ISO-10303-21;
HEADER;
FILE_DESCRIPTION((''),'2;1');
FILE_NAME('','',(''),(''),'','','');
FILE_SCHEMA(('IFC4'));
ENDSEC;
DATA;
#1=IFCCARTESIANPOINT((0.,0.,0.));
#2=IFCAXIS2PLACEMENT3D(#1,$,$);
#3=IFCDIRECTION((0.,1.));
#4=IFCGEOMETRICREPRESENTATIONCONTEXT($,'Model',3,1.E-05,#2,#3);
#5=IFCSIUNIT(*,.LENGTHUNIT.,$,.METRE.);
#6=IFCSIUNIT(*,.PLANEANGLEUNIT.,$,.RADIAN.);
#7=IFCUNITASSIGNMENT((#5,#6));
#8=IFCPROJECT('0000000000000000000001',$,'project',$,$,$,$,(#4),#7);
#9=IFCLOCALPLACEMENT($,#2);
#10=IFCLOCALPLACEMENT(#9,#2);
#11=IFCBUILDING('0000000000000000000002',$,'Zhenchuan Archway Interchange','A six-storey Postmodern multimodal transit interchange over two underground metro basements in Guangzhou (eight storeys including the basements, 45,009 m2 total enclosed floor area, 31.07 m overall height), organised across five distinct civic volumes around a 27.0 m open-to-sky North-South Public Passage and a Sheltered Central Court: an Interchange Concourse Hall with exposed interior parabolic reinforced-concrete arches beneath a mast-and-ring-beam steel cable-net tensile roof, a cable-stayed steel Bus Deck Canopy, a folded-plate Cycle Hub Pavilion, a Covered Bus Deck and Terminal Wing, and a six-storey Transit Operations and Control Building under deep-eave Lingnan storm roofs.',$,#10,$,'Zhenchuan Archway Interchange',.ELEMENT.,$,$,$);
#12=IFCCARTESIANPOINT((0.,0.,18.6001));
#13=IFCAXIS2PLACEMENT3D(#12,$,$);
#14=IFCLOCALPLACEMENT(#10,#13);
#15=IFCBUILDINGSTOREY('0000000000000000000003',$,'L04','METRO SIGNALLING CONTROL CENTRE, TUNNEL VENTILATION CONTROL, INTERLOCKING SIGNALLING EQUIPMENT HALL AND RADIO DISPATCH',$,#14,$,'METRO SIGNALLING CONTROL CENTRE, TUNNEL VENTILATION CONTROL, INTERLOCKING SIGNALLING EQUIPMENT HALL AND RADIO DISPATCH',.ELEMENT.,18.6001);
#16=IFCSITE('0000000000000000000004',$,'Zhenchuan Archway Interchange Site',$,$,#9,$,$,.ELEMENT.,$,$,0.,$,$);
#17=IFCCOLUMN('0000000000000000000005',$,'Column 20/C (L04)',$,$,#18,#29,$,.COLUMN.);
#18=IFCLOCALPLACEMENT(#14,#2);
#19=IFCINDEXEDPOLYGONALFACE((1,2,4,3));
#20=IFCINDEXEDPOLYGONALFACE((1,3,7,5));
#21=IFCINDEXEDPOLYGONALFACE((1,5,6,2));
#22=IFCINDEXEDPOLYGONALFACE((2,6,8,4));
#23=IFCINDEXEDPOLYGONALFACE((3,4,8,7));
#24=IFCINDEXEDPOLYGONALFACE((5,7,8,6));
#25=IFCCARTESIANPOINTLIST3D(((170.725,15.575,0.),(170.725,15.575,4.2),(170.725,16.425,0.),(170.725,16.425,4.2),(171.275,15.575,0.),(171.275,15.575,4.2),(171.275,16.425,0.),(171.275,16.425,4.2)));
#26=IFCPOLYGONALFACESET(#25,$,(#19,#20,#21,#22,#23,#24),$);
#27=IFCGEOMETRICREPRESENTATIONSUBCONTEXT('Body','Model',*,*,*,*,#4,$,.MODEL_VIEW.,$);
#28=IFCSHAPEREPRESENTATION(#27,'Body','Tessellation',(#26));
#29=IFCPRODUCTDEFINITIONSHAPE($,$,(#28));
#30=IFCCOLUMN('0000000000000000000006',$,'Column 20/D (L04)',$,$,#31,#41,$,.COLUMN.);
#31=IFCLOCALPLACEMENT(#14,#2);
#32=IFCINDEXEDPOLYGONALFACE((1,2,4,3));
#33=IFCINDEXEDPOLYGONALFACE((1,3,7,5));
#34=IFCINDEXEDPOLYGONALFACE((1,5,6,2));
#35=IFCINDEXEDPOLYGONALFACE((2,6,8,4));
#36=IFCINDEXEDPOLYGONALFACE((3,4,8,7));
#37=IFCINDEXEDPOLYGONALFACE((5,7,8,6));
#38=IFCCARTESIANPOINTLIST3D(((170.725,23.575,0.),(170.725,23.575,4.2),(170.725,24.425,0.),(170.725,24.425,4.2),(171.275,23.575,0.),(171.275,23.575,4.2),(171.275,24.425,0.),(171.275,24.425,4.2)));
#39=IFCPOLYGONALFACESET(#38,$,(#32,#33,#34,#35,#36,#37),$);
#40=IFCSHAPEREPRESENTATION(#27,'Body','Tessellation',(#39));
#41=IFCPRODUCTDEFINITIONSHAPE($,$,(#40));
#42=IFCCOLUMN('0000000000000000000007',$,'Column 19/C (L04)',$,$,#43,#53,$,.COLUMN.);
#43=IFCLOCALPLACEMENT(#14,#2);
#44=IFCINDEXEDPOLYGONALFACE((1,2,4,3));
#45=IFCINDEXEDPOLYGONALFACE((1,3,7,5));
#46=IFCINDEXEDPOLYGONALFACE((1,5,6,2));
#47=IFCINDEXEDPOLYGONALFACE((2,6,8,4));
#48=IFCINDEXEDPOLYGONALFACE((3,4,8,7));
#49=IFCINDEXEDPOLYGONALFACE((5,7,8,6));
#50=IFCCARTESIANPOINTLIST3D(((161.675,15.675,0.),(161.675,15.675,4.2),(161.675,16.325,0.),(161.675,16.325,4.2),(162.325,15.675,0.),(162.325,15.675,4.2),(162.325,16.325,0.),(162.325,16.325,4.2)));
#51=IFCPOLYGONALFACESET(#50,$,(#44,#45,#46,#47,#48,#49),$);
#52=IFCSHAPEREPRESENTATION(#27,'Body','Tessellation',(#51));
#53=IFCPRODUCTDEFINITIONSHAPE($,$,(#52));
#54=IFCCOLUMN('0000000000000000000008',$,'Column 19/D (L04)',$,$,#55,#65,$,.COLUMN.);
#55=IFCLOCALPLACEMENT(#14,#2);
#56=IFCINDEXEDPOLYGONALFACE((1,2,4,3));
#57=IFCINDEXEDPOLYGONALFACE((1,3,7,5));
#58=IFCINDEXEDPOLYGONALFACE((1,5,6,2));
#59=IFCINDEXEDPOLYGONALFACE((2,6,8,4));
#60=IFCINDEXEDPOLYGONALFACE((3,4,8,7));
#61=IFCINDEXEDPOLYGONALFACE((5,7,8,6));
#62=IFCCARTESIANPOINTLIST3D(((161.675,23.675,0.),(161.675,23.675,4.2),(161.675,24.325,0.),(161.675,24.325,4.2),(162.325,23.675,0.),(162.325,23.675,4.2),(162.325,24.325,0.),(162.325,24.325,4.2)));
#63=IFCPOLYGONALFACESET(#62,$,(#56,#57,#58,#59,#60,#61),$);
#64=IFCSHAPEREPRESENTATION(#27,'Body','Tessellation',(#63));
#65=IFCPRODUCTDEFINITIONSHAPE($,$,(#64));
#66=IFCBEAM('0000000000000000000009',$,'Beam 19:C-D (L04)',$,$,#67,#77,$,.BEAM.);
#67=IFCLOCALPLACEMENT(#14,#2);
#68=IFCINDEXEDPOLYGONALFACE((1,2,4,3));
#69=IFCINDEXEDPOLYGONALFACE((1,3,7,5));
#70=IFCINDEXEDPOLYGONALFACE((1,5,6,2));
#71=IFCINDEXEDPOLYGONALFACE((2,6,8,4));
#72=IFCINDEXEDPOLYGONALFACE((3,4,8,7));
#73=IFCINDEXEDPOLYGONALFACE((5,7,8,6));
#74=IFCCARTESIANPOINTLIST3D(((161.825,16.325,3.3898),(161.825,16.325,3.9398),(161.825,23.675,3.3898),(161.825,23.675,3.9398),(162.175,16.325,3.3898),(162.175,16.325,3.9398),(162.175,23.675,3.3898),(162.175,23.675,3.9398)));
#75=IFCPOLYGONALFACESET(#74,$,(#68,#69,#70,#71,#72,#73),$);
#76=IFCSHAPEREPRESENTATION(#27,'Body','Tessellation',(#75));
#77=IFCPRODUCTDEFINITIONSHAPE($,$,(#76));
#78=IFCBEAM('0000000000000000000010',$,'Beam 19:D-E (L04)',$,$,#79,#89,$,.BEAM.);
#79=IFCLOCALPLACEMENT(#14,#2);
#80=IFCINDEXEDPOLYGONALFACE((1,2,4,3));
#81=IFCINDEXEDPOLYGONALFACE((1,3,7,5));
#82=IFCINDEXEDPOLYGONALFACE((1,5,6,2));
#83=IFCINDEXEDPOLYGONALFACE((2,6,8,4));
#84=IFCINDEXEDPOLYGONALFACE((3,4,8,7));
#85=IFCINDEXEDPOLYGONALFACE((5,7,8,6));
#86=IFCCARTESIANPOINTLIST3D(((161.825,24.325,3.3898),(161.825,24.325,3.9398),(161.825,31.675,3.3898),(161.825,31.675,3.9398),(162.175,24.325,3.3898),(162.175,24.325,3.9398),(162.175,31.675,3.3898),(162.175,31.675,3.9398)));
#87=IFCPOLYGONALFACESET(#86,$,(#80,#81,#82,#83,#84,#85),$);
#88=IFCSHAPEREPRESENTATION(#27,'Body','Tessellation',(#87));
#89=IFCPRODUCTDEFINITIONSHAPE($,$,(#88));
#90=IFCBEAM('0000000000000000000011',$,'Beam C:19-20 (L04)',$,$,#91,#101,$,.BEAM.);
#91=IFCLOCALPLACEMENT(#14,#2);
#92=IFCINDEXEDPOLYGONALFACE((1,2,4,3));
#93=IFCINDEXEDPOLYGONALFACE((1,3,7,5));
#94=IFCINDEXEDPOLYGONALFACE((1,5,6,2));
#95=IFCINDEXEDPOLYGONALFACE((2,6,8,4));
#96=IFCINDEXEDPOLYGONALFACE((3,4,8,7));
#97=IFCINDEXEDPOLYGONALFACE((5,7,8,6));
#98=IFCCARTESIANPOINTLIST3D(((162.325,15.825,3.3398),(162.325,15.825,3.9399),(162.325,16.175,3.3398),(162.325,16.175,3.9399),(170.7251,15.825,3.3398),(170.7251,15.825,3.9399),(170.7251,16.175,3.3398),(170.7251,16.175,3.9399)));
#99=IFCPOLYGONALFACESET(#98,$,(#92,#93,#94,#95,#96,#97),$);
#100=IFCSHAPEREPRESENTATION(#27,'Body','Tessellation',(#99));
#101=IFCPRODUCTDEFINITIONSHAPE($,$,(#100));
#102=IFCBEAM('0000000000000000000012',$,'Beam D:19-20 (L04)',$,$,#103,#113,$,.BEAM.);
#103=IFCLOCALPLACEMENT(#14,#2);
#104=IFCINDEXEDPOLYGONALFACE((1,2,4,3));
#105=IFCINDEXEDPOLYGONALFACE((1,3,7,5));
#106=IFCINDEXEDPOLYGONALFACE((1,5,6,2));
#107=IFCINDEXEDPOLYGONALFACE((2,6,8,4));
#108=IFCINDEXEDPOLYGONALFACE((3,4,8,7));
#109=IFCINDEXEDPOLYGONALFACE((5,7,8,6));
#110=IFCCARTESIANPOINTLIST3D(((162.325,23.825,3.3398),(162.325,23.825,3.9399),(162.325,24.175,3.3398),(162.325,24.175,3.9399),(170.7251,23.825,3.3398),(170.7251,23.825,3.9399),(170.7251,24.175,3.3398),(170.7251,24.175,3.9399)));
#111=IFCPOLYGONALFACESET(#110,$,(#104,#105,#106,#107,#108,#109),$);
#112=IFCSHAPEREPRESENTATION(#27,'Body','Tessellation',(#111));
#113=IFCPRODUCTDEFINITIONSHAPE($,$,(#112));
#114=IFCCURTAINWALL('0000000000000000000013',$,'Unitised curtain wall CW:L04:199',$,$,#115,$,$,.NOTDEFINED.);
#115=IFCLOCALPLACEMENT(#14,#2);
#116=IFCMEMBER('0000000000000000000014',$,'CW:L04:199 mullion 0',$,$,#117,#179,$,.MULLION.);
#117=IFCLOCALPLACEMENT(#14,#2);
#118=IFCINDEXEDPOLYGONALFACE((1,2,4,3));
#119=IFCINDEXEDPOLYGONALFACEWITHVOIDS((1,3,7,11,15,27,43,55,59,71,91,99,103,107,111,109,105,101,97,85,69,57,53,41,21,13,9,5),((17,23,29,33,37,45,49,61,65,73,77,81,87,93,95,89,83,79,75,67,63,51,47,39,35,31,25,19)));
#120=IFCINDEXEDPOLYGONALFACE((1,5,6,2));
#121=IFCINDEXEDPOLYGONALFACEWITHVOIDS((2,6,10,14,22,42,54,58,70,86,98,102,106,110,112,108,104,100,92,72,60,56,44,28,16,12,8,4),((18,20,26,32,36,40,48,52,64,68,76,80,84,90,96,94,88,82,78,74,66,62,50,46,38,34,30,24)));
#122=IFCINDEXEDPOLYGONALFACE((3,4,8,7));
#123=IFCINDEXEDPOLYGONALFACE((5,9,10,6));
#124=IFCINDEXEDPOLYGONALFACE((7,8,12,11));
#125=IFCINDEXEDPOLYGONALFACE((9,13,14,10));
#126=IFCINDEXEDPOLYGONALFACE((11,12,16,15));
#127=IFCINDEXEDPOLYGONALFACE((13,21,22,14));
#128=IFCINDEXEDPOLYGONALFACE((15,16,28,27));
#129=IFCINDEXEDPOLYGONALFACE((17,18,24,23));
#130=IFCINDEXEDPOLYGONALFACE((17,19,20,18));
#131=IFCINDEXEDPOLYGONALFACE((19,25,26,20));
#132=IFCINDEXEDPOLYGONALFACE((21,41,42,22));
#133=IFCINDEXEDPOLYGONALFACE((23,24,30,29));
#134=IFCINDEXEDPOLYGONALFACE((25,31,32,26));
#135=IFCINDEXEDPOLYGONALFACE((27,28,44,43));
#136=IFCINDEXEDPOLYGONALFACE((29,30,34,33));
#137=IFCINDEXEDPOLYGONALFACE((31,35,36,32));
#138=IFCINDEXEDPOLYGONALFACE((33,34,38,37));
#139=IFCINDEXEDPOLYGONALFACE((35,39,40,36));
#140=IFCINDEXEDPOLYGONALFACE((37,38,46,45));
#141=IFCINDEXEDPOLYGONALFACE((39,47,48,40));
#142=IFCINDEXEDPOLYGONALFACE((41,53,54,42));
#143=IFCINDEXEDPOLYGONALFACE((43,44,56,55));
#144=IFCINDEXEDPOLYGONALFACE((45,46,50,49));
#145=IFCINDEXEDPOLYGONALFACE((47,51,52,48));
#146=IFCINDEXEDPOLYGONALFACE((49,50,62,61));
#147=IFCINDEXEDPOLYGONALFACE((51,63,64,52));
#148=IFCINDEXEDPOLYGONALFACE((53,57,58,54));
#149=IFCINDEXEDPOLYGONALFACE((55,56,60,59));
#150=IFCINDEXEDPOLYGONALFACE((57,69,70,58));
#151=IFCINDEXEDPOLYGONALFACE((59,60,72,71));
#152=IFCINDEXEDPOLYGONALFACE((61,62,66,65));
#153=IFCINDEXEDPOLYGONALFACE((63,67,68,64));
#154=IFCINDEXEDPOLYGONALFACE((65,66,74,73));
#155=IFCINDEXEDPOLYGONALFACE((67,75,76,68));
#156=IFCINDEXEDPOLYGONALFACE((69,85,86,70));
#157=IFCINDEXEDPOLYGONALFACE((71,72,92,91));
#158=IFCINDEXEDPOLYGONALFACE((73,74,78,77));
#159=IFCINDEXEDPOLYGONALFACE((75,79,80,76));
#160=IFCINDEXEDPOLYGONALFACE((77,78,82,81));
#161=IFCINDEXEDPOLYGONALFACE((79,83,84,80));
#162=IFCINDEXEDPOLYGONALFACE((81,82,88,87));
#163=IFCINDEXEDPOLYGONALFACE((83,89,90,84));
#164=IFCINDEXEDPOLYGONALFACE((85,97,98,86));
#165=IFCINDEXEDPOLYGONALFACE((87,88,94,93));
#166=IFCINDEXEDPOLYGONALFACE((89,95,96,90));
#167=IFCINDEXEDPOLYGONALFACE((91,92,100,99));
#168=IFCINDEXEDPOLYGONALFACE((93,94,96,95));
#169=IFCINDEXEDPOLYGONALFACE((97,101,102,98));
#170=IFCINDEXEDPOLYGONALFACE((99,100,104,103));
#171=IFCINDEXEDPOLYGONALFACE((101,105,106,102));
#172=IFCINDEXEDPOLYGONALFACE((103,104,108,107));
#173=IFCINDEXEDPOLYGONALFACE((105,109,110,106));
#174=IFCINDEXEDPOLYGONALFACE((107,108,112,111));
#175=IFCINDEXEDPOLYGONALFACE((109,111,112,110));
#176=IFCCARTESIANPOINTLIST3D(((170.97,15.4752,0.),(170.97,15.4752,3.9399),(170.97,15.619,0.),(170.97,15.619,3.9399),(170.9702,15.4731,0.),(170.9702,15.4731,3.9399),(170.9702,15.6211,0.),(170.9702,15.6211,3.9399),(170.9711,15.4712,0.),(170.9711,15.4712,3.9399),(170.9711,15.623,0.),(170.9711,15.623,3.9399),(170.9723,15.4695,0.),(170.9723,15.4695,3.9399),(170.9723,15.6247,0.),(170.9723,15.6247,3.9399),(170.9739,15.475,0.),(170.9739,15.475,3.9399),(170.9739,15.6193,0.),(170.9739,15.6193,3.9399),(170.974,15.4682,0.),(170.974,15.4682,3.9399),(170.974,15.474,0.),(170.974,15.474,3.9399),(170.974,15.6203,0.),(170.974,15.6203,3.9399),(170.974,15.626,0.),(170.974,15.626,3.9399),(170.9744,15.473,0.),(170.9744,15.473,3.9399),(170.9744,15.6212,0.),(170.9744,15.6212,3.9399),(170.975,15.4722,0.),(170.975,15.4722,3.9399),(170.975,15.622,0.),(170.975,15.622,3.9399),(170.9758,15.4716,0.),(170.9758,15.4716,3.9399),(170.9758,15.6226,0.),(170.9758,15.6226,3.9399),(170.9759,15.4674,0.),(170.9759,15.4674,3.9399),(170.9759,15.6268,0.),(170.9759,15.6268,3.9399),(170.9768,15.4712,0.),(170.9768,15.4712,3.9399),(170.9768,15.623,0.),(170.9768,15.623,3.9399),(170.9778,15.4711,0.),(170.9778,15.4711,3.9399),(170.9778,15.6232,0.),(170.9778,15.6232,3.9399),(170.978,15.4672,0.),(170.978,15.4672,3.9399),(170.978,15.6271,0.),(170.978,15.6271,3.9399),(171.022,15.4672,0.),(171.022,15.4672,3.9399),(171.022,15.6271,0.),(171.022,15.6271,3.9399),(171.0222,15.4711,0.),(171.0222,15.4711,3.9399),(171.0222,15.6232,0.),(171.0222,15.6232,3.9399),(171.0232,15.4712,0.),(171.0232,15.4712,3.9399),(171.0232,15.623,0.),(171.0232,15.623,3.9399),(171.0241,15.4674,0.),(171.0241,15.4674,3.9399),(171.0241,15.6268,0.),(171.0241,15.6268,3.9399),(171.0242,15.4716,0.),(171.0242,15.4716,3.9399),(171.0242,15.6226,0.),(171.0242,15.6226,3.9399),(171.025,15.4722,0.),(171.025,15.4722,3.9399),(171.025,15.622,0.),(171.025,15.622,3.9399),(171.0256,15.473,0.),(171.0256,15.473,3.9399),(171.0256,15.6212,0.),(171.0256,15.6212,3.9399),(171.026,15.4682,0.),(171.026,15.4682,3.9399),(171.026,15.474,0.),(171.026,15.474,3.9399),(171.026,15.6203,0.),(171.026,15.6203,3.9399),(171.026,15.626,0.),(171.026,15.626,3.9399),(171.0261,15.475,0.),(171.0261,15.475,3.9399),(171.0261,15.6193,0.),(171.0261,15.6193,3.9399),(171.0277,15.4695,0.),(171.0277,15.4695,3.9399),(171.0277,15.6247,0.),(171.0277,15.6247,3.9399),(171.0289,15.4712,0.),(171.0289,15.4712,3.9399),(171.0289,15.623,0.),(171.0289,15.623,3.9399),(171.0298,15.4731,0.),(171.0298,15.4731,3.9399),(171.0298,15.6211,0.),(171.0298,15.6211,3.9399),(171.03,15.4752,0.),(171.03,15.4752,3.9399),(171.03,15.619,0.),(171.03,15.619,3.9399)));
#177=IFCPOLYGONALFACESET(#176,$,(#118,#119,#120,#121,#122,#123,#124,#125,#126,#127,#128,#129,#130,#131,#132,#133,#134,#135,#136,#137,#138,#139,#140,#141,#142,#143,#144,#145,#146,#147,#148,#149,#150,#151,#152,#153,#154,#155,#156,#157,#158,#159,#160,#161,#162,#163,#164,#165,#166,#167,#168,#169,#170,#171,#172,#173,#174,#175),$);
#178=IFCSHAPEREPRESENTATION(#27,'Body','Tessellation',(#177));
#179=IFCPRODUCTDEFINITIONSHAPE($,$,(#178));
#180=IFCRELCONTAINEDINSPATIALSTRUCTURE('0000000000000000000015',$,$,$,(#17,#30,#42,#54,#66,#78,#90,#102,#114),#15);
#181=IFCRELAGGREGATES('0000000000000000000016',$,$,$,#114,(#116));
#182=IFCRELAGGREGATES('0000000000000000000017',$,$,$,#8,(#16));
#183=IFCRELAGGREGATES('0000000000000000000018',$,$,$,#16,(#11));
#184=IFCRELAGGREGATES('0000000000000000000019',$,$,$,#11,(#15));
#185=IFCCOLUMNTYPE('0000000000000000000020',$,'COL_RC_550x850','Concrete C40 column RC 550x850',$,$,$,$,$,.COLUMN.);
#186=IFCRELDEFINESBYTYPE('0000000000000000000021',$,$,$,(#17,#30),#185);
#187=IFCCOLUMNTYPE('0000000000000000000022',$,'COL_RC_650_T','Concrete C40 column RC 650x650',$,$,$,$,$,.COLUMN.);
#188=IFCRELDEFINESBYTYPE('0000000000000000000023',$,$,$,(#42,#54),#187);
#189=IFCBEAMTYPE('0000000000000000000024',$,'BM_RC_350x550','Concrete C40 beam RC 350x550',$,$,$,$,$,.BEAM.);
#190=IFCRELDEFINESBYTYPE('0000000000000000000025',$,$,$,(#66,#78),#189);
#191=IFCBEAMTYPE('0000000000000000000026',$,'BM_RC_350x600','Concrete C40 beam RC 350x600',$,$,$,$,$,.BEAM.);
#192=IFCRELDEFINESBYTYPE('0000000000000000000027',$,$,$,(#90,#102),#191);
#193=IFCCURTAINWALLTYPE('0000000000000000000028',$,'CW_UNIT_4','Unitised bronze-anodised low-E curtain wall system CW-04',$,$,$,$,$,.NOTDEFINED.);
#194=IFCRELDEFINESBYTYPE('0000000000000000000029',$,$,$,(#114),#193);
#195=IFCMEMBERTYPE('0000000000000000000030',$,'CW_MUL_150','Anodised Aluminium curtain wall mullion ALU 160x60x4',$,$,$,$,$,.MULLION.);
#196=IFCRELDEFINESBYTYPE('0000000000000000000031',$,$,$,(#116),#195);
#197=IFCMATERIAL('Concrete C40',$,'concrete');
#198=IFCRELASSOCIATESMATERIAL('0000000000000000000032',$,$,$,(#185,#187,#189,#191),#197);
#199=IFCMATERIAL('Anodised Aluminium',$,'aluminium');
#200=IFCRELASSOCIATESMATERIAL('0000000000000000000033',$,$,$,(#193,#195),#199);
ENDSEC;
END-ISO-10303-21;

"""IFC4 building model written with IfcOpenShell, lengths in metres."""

from ifc_helpers import new_model, si_unit, direction, frame, origin, origin_2d, place, context, subcontext, project, spatial, rectangle, hollow_rectangle, extrude, material, material_profile, profile_set, type_object, element, aggregate, save


model = new_model("IFC4")

# Units and contexts
model_context = context("Model", 3, precision=1e-05, world=origin(), true_north=direction((0.0, 1.0)))
body_context = subcontext(model_context, "Body", "Model", "MODEL_VIEW")
ifc_project = project(units=[si_unit("LENGTHUNIT", "METRE"), si_unit("PLANEANGLEUNIT", "RADIAN")], contexts=[model_context])

# Site, building, storey
site_placement = place(None, origin())
site = spatial("IfcSite", under=ifc_project, at=site_placement, Name="Zhenchuan Archway Interchange Site", CompositionType="ELEMENT", RefElevation=0.0)
building_placement = place(site_placement, origin())
building = spatial("IfcBuilding", under=site, at=building_placement, Name="Zhenchuan Archway Interchange", Description="A six-storey Postmodern multimodal transit interchange over two underground metro basements in Guangzhou (eight storeys including the basements, 45,009 m2 total enclosed floor area, 31.07 m overall height), organised across five distinct civic volumes around a 27.0 m open-to-sky North-South Public Passage and a Sheltered Central Court: an Interchange Concourse Hall with exposed interior parabolic reinforced-concrete arches beneath a mast-and-ring-beam steel cable-net tensile roof, a cable-stayed steel Bus Deck Canopy, a folded-plate Cycle Hub Pavilion, a Covered Bus Deck and Terminal Wing, and a six-storey Transit Operations and Control Building under deep-eave Lingnan storm roofs.", LongName="Zhenchuan Archway Interchange", CompositionType="ELEMENT")
storey_placement = place(building_placement, frame((0.0, 0.0, 18.6001)))
storey = spatial("IfcBuildingStorey", under=building, at=storey_placement, Name="L04", Description="METRO SIGNALLING CONTROL CENTRE, TUNNEL VENTILATION CONTROL, INTERLOCKING SIGNALLING EQUIPMENT HALL AND RADIO DISPATCH", LongName="METRO SIGNALLING CONTROL CENTRE, TUNNEL VENTILATION CONTROL, INTERLOCKING SIGNALLING EQUIPMENT HALL AND RADIO DISPATCH", CompositionType="ELEMENT", Elevation=18.6001)

# Columns
ifc_material_1 = material(Name="Concrete C40", Category="concrete")
ifc_material_profile_1 = material_profile(ifc_material_1, rectangle(XDim=0.55, YDim=0.8501, at=origin_2d()), Name="RC 550x850")
ifc_profile_set_1 = profile_set([ifc_material_profile_1], Name="Concrete C40")
column_type_1 = type_object("IfcColumnType", Name="COL_RC_550x850", Description="Concrete C40 column RC 550x850", PredefinedType="COLUMN", material=ifc_profile_set_1)
for number, where, z_axis, x_axis, name in (
    (1, (171.0, 16.0, 0.0), (0.0, 0.0, 1.0), (1.0, 0.0, 0.0), "Column 20/C (L04)"),
    (2, (171.0, 24.0, 0.0), (0.0, 0.0, 1.0), (1.0, 0.0, 0.0), "Column 20/D (L04)"),
):
    element("IfcColumn", number, at=place(storey_placement, frame(where, z_axis=z_axis, x_axis=x_axis)), inside=storey, type_object=column_type_1, Name=name, PredefinedType="COLUMN", context=body_context, shape_type="SweptSolid", body=[
        extrude(rectangle(XDim=0.55, YDim=0.8501, at=origin_2d()), origin(), (0.0, 0.0, 1.0), 4.2),
    ])
ifc_material_profile_2 = material_profile(ifc_material_1, rectangle(XDim=0.6499, YDim=0.6499, at=origin_2d()), Name="RC 650x650")
ifc_profile_set_2 = profile_set([ifc_material_profile_2], Name="Concrete C40")
column_type_2 = type_object("IfcColumnType", Name="COL_RC_650_T", Description="Concrete C40 column RC 650x650", PredefinedType="COLUMN", material=ifc_profile_set_2)
for number, where, z_axis, x_axis, name in (
    (3, (162.0, 16.0, 0.0), (0.0, 0.0, 1.0), (1.0, 0.0, 0.0), "Column 19/C (L04)"),
    (4, (162.0, 24.0, 0.0), (0.0, 0.0, 1.0), (1.0, 0.0, 0.0), "Column 19/D (L04)"),
):
    element("IfcColumn", number, at=place(storey_placement, frame(where, z_axis=z_axis, x_axis=x_axis)), inside=storey, type_object=column_type_2, Name=name, PredefinedType="COLUMN", context=body_context, shape_type="SweptSolid", body=[
        extrude(rectangle(XDim=0.6499, YDim=0.6499, at=origin_2d()), origin(), (0.0, 0.0, 1.0), 4.2),
    ])

# Beams
ifc_material_profile_3 = material_profile(ifc_material_1, rectangle(XDim=0.3501, YDim=0.55, at=origin_2d()), Name="RC 350x550")
ifc_profile_set_3 = profile_set([ifc_material_profile_3], Name="Concrete C40")
beam_type_1 = type_object("IfcBeamType", Name="BM_RC_350x550", Description="Concrete C40 beam RC 350x550", PredefinedType="BEAM", material=ifc_profile_set_3)
for number, where, z_axis, x_axis, name in (
    (5, (162.0, 16.325, 3.6648), (0.0, 1.0, 0.0), (-1.0, 0.0, 0.0), "Beam 19:C-D (L04)"),
    (6, (162.0, 24.325, 3.6648), (0.0, 1.0, 0.0), (-1.0, 0.0, 0.0), "Beam 19:D-E (L04)"),
):
    element("IfcBeam", number, at=place(storey_placement, frame(where, z_axis=z_axis, x_axis=x_axis)), inside=storey, type_object=beam_type_1, Name=name, PredefinedType="BEAM", context=body_context, shape_type="SweptSolid", body=[
        extrude(rectangle(XDim=0.3501, YDim=0.55, at=origin_2d()), origin(), (0.0, 0.0, 1.0), 7.3501),
    ])
ifc_material_profile_4 = material_profile(ifc_material_1, rectangle(XDim=0.3501, YDim=0.6001, at=origin_2d()), Name="RC 350x600")
ifc_profile_set_4 = profile_set([ifc_material_profile_4], Name="Concrete C40")
beam_type_2 = type_object("IfcBeamType", Name="BM_RC_350x600", Description="Concrete C40 beam RC 350x600", PredefinedType="BEAM", material=ifc_profile_set_4)
for number, where, z_axis, x_axis, name in (
    (7, (162.325, 16.0, 3.6399), (1.0, 0.0, 0.0), (0.0, 1.0, 0.0), "Beam C:19-20 (L04)"),
    (8, (162.325, 24.0, 3.6399), (1.0, 0.0, 0.0), (0.0, 1.0, 0.0), "Beam D:19-20 (L04)"),
):
    element("IfcBeam", number, at=place(storey_placement, frame(where, z_axis=z_axis, x_axis=x_axis)), inside=storey, type_object=beam_type_2, Name=name, PredefinedType="BEAM", context=body_context, shape_type="SweptSolid", body=[
        extrude(rectangle(XDim=0.3501, YDim=0.6001, at=origin_2d()), origin(), (0.0, 0.0, 1.0), 8.4001),
    ])

# Curtain wall, member
ifc_material_2 = material(Name="Anodised Aluminium", Category="aluminium")
curtain_wall_type = type_object("IfcCurtainWallType", Name="CW_UNIT_4", Description="Unitised bronze-anodised low-E curtain wall system CW-04", PredefinedType="NOTDEFINED", material=ifc_material_2)
curtain_wall_placement = place(storey_placement, origin())
curtain_wall = element("IfcCurtainWall", 9, at=curtain_wall_placement, inside=storey, type_object=curtain_wall_type, Name="Unitised curtain wall CW:L04:199", PredefinedType="NOTDEFINED")
ifc_material_profile_5 = material_profile(ifc_material_2, hollow_rectangle(XDim=0.0601, YDim=0.1599, WallThickness=0.0039, InnerFilletRadius=0.0039, OuterFilletRadius=0.0081, at=origin_2d()), Name="ALU 160x60x4")
ifc_profile_set_5 = profile_set([ifc_material_profile_5], Name="Anodised Aluminium")
member_type_1 = type_object("IfcMemberType", Name="CW_MUL_150", Description="Anodised Aluminium curtain wall mullion ALU 160x60x4", PredefinedType="MULLION", material=ifc_profile_set_5)
member_1_placement = place(storey_placement, frame((171.0, 15.5471, 0.0), z_axis=(0.0, 0.0, 1.0), x_axis=(1.0, 0.0, 0.0)))
member_1 = element("IfcMember", 10, at=member_1_placement, type_object=member_type_1, Name="CW:L04:199 mullion 0", PredefinedType="MULLION", context=body_context, shape_type="SweptSolid", body=[
    extrude(hollow_rectangle(XDim=0.0601, YDim=0.1599, WallThickness=0.0039, InnerFilletRadius=0.0039, OuterFilletRadius=0.0081, at=origin_2d()), origin(), (0.0, 0.0, 1.0), 3.9399),
])

aggregate(curtain_wall, [member_1])

save(model, "model.ifc")
